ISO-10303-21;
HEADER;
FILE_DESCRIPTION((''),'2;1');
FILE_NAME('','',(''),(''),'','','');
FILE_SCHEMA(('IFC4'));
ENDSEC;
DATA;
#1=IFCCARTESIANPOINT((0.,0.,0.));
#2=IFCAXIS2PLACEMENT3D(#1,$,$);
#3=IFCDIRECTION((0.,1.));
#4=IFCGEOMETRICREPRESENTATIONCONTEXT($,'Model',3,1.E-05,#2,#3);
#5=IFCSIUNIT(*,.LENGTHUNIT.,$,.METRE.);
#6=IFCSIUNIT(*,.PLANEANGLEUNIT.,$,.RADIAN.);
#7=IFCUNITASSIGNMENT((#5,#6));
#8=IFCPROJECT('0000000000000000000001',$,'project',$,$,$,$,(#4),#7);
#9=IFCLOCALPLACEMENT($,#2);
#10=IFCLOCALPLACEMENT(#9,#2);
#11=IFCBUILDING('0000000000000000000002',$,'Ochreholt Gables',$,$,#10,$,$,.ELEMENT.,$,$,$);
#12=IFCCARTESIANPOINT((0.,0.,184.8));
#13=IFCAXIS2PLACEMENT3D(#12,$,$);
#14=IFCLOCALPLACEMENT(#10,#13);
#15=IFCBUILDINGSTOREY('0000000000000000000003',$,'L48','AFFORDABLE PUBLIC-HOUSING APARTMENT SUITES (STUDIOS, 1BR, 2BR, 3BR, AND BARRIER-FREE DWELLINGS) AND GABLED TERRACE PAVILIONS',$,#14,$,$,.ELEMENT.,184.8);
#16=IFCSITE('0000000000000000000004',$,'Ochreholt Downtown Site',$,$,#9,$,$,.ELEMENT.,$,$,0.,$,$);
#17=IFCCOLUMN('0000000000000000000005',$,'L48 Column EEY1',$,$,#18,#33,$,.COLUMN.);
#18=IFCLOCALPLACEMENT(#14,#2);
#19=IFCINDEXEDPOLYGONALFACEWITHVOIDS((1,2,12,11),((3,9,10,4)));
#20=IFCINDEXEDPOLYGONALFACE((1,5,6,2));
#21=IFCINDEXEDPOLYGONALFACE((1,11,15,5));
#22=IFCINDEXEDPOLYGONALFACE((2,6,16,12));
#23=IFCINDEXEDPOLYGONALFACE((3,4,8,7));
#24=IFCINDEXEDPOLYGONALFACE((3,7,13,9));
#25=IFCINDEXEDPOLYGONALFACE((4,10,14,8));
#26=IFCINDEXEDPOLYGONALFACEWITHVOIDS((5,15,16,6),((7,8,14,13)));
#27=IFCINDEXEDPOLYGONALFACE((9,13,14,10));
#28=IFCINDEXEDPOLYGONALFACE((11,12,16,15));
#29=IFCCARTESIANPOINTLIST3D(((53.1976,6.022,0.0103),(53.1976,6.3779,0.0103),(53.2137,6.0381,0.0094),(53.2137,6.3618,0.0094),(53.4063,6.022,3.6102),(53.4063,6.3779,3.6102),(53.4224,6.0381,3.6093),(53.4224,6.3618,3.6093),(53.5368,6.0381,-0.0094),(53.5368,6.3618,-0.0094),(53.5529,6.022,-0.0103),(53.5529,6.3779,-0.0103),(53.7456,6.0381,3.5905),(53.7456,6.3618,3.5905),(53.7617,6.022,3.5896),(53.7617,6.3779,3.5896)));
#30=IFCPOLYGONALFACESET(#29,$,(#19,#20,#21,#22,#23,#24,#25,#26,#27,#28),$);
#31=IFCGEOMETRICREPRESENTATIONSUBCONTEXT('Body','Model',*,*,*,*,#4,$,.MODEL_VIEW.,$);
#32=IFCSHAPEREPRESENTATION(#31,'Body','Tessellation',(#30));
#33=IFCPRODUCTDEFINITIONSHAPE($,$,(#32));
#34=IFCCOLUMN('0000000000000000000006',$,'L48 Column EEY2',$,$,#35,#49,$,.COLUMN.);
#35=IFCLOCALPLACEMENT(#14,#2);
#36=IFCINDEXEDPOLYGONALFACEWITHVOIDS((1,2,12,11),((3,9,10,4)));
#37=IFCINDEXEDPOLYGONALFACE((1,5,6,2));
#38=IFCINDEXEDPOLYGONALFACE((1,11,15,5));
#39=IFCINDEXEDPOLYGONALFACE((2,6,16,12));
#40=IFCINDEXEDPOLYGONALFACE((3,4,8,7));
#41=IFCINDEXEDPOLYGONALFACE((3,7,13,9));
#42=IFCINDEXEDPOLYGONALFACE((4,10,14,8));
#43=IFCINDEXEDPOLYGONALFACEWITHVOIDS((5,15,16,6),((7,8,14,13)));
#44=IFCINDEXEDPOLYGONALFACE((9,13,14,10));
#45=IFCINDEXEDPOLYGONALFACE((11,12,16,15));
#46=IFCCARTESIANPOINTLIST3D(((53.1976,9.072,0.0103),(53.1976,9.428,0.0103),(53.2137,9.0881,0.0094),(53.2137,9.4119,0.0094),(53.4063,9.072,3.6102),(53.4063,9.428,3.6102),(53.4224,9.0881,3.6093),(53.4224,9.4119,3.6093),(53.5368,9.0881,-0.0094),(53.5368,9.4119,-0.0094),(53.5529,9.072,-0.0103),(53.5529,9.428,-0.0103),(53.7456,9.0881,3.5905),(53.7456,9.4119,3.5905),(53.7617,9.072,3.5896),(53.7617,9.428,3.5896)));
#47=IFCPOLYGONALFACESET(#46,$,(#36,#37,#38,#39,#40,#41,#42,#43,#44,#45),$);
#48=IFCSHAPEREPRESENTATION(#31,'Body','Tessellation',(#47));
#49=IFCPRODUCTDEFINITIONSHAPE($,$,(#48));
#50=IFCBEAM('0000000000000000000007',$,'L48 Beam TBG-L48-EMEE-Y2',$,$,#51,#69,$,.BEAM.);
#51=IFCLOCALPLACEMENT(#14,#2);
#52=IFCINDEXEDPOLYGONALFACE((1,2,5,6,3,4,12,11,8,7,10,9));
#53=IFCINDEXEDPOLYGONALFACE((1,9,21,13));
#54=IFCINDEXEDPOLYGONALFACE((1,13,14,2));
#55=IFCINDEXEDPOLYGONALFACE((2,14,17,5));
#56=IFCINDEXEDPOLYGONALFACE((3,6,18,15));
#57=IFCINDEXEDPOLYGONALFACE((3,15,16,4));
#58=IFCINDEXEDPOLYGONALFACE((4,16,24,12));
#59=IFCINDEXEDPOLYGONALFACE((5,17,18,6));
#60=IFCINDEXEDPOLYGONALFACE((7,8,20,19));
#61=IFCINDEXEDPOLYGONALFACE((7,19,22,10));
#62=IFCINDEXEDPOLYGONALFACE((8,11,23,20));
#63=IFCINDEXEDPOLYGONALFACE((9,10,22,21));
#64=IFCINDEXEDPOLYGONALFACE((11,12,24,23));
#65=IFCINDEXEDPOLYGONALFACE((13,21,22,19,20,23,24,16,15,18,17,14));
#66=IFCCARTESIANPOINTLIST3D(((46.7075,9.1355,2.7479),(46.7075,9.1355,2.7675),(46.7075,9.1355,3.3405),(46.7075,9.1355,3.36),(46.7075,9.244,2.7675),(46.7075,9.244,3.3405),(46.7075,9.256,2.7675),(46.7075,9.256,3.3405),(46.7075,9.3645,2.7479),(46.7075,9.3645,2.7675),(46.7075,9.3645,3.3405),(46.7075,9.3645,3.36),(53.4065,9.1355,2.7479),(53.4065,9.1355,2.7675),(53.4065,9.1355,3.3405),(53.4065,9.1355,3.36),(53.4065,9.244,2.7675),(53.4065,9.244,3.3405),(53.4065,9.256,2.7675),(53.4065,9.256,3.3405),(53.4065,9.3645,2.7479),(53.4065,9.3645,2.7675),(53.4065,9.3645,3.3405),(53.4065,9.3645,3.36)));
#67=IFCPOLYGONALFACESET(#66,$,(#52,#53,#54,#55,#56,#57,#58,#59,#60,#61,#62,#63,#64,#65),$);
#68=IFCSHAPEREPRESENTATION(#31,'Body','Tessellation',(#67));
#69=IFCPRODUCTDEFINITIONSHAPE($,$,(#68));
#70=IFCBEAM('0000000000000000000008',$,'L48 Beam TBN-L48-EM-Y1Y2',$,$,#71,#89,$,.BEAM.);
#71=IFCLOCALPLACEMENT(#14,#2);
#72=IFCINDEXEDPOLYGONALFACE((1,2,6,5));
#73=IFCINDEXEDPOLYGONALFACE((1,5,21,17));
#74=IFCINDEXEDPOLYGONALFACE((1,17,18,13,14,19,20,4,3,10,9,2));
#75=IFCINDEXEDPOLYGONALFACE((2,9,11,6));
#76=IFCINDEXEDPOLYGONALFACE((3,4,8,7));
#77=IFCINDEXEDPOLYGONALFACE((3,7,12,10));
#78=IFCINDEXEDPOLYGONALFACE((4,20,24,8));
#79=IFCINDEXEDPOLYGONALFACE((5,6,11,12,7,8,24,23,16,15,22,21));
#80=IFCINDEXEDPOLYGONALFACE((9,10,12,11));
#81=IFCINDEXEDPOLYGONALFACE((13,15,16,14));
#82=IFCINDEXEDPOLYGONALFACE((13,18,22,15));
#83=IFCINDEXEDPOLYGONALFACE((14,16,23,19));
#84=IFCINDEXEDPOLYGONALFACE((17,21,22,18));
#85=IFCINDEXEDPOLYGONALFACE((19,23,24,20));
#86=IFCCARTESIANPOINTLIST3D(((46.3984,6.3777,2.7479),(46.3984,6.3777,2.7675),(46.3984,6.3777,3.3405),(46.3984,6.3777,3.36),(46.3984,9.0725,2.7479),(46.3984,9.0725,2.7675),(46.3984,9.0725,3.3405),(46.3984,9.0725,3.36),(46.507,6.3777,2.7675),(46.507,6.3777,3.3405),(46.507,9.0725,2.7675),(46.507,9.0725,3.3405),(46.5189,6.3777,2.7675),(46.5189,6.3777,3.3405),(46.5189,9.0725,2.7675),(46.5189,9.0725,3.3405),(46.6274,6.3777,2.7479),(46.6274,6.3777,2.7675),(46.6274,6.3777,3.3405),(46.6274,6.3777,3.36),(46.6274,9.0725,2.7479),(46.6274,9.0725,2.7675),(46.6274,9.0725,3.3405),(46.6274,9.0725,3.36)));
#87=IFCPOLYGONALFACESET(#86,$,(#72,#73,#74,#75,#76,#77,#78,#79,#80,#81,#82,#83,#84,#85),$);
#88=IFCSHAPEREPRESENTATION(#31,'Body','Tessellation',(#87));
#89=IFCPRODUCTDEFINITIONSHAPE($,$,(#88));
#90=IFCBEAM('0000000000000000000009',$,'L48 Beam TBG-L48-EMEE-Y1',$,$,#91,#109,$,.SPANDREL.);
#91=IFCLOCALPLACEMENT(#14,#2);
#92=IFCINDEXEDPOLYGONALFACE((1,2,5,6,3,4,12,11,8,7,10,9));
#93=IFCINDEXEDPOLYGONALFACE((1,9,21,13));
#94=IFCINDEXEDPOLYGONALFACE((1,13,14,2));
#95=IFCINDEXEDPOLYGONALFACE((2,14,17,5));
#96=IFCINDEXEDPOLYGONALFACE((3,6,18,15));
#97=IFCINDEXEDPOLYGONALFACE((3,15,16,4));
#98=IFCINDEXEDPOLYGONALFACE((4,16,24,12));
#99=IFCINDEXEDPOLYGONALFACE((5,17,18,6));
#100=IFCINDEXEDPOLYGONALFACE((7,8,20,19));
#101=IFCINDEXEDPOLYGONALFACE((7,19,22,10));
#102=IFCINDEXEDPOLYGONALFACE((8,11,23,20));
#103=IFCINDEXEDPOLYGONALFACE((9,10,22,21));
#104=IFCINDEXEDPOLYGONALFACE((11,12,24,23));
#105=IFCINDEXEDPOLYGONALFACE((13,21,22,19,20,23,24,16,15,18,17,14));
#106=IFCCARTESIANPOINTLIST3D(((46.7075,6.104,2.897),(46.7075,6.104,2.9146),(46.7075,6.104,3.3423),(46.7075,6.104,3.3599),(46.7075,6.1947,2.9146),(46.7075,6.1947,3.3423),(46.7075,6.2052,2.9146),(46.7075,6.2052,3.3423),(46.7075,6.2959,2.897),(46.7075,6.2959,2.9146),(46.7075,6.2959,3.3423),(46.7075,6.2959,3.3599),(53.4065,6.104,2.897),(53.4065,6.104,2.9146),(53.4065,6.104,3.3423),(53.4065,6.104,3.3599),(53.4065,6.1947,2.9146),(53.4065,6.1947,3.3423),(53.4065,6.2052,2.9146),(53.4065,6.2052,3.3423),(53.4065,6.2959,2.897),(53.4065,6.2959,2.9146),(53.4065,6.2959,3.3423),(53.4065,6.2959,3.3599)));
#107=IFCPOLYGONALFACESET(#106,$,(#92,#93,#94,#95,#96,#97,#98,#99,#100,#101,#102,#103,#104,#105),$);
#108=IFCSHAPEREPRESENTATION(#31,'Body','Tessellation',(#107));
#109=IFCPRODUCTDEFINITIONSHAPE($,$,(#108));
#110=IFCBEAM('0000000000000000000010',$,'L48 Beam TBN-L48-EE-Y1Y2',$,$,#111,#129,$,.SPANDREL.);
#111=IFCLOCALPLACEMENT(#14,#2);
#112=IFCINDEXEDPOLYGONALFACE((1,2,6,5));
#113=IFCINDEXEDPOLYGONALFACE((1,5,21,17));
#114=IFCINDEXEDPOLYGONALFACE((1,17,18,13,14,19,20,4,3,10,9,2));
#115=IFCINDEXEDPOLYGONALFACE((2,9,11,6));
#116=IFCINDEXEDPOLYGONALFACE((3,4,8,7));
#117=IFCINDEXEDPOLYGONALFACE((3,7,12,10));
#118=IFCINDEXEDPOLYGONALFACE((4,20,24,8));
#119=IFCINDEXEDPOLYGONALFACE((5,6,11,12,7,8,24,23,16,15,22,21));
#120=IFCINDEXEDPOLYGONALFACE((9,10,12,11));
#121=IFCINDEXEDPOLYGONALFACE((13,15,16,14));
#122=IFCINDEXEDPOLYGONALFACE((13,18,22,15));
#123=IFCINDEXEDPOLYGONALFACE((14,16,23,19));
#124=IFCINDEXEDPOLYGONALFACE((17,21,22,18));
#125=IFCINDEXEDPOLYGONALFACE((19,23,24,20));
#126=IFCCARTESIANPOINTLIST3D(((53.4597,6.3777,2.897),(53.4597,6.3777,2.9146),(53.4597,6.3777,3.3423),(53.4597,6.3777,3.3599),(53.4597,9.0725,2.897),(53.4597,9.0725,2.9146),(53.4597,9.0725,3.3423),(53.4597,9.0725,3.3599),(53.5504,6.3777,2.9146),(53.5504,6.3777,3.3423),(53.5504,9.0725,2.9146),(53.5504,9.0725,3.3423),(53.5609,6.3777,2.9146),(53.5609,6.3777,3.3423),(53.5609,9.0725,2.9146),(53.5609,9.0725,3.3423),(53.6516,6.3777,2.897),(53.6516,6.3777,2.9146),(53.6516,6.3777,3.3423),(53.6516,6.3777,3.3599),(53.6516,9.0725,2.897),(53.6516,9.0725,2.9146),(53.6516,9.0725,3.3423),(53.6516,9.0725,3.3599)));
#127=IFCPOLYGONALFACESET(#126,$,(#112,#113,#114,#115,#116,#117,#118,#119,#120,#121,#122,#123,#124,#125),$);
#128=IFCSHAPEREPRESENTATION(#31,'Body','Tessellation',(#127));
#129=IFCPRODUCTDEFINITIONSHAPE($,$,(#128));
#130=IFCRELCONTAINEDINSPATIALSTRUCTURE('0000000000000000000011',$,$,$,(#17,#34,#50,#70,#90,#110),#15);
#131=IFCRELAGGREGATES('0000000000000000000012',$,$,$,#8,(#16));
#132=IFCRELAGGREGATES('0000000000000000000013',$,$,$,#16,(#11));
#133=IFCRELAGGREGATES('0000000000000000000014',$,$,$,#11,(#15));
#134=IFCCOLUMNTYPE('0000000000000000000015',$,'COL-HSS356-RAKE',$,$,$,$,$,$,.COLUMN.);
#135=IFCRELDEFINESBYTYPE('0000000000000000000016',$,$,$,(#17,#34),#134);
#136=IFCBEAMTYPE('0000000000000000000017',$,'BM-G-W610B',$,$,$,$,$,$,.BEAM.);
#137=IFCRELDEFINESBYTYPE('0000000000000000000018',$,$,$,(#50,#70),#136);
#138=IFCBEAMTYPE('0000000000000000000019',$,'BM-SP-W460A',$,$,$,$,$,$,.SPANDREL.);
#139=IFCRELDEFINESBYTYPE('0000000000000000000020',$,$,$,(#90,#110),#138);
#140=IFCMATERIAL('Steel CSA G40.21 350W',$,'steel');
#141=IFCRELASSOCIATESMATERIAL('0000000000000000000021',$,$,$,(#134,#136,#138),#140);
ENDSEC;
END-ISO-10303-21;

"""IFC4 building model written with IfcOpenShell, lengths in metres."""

from ifc_helpers import new_model, si_unit, direction, frame, origin, origin_2d, place, context, subcontext, project, spatial, hollow_rectangle, i_section, extrude, material, material_profile, profile_set, type_object, element, save


model = new_model("IFC4")

# Units and contexts
model_context = context("Model", 3, precision=1e-05, world=origin(), true_north=direction((0.0, 1.0)))
body_context = subcontext(model_context, "Body", "Model", "MODEL_VIEW")
ifc_project = project(units=[si_unit("LENGTHUNIT", "METRE"), si_unit("PLANEANGLEUNIT", "RADIAN")], contexts=[model_context])

# Site, building, storey
site_placement = place(None, origin())
site = spatial("IfcSite", under=ifc_project, at=site_placement, Name="Ochreholt Downtown Site", CompositionType="ELEMENT", RefElevation=0.0)
building_placement = place(site_placement, origin())
building = spatial("IfcBuilding", under=site, at=building_placement, Name="Ochreholt Gables", CompositionType="ELEMENT")
storey_placement = place(building_placement, frame((0.0, 0.0, 184.8)))
storey = spatial("IfcBuildingStorey", under=building, at=storey_placement, Name="L48", Description="AFFORDABLE PUBLIC-HOUSING APARTMENT SUITES (STUDIOS, 1BR, 2BR, 3BR, AND BARRIER-FREE DWELLINGS) AND GABLED TERRACE PAVILIONS", CompositionType="ELEMENT", Elevation=184.8)

# Columns
ifc_material_1 = material(Name="Steel CSA G40.21 350W", Category="steel")
ifc_material_profile_1 = material_profile(ifc_material_1, hollow_rectangle(XDim=0.356, YDim=0.356, WallThickness=0.0161, at=origin_2d()), Name="HSS356X356X16")
ifc_profile_set_1 = profile_set([ifc_material_profile_1], Name="Steel CSA G40.21 350W")
column_type = type_object("IfcColumnType", Name="COL-HSS356-RAKE", PredefinedType="COLUMN", material=ifc_profile_set_1)
for number, where, z_axis, x_axis, name in (
    (1, (53.3752, 6.2, 0.0), (0.057889, 0.0, 0.998323), (0.0, 1.0, 0.0), "L48 Column EEY1"),
    (2, (53.3752, 9.25, 0.0), (0.057889, 0.0, 0.998323), (0.0, 1.0, 0.0), "L48 Column EEY2"),
):
    element("IfcColumn", number, at=place(storey_placement, frame(where, z_axis=z_axis, x_axis=x_axis)), inside=storey, type_object=column_type, Name=name, PredefinedType="COLUMN", context=body_context, shape_type="SweptSolid", body=[
        extrude(hollow_rectangle(XDim=0.356, YDim=0.356, WallThickness=0.0161, at=origin_2d()), origin(), (0.0, 0.0, 1.0), 3.606),
    ])

# Beams
ifc_material_profile_2 = material_profile(ifc_material_1, i_section(OverallWidth=0.229, OverallDepth=0.6121, WebThickness=0.012, FlangeThickness=0.0195, at=origin_2d()), Name="W610X125")
ifc_profile_set_2 = profile_set([ifc_material_profile_2], Name="Steel CSA G40.21 350W")
beam_type_1 = type_object("IfcBeamType", Name="BM-G-W610B", PredefinedType="BEAM", material=ifc_profile_set_2)
beam_1_placement = place(storey_placement, frame((46.7075, 9.25, 3.054), z_axis=(1.0, 0.0, 0.0), x_axis=(0.0, 1.0, 0.0)))
element("IfcBeam", 3, at=beam_1_placement, inside=storey, type_object=beam_type_1, Name="L48 Beam TBG-L48-EMEE-Y2", PredefinedType="BEAM", context=body_context, shape_type="SweptSolid", body=[
    extrude(i_section(OverallWidth=0.229, OverallDepth=0.6121, WebThickness=0.012, FlangeThickness=0.0195, at=origin_2d()), origin(), (0.0, 0.0, 1.0), 6.699),
])
beam_2_placement = place(storey_placement, frame((46.5129, 6.3777, 3.054), z_axis=(0.0, 1.0, 0.0), x_axis=(-1.0, 0.0, 0.0)))
element("IfcBeam", 4, at=beam_2_placement, inside=storey, type_object=beam_type_1, Name="L48 Beam TBN-L48-EM-Y1Y2", PredefinedType="BEAM", context=body_context, shape_type="SweptSolid", body=[
    extrude(i_section(OverallWidth=0.229, OverallDepth=0.6121, WebThickness=0.012, FlangeThickness=0.0195, at=origin_2d()), origin(), (0.0, 0.0, 1.0), 2.6948),
])
ifc_material_profile_3 = material_profile(ifc_material_1, i_section(OverallWidth=0.1919, OverallDepth=0.4629, WebThickness=0.0105, FlangeThickness=0.0176, at=origin_2d()), Name="W460X89")
ifc_profile_set_3 = profile_set([ifc_material_profile_3], Name="Steel CSA G40.21 350W")
beam_type_2 = type_object("IfcBeamType", Name="BM-SP-W460A", PredefinedType="SPANDREL", material=ifc_profile_set_3)
beam_3_placement = place(storey_placement, frame((46.7075, 6.2, 3.1284), z_axis=(1.0, 0.0, 0.0), x_axis=(0.0, 1.0, 0.0)))
element("IfcBeam", 5, at=beam_3_placement, inside=storey, type_object=beam_type_2, Name="L48 Beam TBG-L48-EMEE-Y1", PredefinedType="SPANDREL", context=body_context, shape_type="SweptSolid", body=[
    extrude(i_section(OverallWidth=0.1919, OverallDepth=0.4629, WebThickness=0.0105, FlangeThickness=0.0176, at=origin_2d()), origin(), (0.0, 0.0, 1.0), 6.699),
])
beam_4_placement = place(storey_placement, frame((53.5557, 6.3777, 3.1284), z_axis=(0.0, 1.0, 0.0), x_axis=(-1.0, 0.0, 0.0)))
element("IfcBeam", 6, at=beam_4_placement, inside=storey, type_object=beam_type_2, Name="L48 Beam TBN-L48-EE-Y1Y2", PredefinedType="SPANDREL", context=body_context, shape_type="SweptSolid", body=[
    extrude(i_section(OverallWidth=0.1919, OverallDepth=0.4629, WebThickness=0.0105, FlangeThickness=0.0176, at=origin_2d()), origin(), (0.0, 0.0, 1.0), 2.6948),
])

save(model, "model.ifc")
